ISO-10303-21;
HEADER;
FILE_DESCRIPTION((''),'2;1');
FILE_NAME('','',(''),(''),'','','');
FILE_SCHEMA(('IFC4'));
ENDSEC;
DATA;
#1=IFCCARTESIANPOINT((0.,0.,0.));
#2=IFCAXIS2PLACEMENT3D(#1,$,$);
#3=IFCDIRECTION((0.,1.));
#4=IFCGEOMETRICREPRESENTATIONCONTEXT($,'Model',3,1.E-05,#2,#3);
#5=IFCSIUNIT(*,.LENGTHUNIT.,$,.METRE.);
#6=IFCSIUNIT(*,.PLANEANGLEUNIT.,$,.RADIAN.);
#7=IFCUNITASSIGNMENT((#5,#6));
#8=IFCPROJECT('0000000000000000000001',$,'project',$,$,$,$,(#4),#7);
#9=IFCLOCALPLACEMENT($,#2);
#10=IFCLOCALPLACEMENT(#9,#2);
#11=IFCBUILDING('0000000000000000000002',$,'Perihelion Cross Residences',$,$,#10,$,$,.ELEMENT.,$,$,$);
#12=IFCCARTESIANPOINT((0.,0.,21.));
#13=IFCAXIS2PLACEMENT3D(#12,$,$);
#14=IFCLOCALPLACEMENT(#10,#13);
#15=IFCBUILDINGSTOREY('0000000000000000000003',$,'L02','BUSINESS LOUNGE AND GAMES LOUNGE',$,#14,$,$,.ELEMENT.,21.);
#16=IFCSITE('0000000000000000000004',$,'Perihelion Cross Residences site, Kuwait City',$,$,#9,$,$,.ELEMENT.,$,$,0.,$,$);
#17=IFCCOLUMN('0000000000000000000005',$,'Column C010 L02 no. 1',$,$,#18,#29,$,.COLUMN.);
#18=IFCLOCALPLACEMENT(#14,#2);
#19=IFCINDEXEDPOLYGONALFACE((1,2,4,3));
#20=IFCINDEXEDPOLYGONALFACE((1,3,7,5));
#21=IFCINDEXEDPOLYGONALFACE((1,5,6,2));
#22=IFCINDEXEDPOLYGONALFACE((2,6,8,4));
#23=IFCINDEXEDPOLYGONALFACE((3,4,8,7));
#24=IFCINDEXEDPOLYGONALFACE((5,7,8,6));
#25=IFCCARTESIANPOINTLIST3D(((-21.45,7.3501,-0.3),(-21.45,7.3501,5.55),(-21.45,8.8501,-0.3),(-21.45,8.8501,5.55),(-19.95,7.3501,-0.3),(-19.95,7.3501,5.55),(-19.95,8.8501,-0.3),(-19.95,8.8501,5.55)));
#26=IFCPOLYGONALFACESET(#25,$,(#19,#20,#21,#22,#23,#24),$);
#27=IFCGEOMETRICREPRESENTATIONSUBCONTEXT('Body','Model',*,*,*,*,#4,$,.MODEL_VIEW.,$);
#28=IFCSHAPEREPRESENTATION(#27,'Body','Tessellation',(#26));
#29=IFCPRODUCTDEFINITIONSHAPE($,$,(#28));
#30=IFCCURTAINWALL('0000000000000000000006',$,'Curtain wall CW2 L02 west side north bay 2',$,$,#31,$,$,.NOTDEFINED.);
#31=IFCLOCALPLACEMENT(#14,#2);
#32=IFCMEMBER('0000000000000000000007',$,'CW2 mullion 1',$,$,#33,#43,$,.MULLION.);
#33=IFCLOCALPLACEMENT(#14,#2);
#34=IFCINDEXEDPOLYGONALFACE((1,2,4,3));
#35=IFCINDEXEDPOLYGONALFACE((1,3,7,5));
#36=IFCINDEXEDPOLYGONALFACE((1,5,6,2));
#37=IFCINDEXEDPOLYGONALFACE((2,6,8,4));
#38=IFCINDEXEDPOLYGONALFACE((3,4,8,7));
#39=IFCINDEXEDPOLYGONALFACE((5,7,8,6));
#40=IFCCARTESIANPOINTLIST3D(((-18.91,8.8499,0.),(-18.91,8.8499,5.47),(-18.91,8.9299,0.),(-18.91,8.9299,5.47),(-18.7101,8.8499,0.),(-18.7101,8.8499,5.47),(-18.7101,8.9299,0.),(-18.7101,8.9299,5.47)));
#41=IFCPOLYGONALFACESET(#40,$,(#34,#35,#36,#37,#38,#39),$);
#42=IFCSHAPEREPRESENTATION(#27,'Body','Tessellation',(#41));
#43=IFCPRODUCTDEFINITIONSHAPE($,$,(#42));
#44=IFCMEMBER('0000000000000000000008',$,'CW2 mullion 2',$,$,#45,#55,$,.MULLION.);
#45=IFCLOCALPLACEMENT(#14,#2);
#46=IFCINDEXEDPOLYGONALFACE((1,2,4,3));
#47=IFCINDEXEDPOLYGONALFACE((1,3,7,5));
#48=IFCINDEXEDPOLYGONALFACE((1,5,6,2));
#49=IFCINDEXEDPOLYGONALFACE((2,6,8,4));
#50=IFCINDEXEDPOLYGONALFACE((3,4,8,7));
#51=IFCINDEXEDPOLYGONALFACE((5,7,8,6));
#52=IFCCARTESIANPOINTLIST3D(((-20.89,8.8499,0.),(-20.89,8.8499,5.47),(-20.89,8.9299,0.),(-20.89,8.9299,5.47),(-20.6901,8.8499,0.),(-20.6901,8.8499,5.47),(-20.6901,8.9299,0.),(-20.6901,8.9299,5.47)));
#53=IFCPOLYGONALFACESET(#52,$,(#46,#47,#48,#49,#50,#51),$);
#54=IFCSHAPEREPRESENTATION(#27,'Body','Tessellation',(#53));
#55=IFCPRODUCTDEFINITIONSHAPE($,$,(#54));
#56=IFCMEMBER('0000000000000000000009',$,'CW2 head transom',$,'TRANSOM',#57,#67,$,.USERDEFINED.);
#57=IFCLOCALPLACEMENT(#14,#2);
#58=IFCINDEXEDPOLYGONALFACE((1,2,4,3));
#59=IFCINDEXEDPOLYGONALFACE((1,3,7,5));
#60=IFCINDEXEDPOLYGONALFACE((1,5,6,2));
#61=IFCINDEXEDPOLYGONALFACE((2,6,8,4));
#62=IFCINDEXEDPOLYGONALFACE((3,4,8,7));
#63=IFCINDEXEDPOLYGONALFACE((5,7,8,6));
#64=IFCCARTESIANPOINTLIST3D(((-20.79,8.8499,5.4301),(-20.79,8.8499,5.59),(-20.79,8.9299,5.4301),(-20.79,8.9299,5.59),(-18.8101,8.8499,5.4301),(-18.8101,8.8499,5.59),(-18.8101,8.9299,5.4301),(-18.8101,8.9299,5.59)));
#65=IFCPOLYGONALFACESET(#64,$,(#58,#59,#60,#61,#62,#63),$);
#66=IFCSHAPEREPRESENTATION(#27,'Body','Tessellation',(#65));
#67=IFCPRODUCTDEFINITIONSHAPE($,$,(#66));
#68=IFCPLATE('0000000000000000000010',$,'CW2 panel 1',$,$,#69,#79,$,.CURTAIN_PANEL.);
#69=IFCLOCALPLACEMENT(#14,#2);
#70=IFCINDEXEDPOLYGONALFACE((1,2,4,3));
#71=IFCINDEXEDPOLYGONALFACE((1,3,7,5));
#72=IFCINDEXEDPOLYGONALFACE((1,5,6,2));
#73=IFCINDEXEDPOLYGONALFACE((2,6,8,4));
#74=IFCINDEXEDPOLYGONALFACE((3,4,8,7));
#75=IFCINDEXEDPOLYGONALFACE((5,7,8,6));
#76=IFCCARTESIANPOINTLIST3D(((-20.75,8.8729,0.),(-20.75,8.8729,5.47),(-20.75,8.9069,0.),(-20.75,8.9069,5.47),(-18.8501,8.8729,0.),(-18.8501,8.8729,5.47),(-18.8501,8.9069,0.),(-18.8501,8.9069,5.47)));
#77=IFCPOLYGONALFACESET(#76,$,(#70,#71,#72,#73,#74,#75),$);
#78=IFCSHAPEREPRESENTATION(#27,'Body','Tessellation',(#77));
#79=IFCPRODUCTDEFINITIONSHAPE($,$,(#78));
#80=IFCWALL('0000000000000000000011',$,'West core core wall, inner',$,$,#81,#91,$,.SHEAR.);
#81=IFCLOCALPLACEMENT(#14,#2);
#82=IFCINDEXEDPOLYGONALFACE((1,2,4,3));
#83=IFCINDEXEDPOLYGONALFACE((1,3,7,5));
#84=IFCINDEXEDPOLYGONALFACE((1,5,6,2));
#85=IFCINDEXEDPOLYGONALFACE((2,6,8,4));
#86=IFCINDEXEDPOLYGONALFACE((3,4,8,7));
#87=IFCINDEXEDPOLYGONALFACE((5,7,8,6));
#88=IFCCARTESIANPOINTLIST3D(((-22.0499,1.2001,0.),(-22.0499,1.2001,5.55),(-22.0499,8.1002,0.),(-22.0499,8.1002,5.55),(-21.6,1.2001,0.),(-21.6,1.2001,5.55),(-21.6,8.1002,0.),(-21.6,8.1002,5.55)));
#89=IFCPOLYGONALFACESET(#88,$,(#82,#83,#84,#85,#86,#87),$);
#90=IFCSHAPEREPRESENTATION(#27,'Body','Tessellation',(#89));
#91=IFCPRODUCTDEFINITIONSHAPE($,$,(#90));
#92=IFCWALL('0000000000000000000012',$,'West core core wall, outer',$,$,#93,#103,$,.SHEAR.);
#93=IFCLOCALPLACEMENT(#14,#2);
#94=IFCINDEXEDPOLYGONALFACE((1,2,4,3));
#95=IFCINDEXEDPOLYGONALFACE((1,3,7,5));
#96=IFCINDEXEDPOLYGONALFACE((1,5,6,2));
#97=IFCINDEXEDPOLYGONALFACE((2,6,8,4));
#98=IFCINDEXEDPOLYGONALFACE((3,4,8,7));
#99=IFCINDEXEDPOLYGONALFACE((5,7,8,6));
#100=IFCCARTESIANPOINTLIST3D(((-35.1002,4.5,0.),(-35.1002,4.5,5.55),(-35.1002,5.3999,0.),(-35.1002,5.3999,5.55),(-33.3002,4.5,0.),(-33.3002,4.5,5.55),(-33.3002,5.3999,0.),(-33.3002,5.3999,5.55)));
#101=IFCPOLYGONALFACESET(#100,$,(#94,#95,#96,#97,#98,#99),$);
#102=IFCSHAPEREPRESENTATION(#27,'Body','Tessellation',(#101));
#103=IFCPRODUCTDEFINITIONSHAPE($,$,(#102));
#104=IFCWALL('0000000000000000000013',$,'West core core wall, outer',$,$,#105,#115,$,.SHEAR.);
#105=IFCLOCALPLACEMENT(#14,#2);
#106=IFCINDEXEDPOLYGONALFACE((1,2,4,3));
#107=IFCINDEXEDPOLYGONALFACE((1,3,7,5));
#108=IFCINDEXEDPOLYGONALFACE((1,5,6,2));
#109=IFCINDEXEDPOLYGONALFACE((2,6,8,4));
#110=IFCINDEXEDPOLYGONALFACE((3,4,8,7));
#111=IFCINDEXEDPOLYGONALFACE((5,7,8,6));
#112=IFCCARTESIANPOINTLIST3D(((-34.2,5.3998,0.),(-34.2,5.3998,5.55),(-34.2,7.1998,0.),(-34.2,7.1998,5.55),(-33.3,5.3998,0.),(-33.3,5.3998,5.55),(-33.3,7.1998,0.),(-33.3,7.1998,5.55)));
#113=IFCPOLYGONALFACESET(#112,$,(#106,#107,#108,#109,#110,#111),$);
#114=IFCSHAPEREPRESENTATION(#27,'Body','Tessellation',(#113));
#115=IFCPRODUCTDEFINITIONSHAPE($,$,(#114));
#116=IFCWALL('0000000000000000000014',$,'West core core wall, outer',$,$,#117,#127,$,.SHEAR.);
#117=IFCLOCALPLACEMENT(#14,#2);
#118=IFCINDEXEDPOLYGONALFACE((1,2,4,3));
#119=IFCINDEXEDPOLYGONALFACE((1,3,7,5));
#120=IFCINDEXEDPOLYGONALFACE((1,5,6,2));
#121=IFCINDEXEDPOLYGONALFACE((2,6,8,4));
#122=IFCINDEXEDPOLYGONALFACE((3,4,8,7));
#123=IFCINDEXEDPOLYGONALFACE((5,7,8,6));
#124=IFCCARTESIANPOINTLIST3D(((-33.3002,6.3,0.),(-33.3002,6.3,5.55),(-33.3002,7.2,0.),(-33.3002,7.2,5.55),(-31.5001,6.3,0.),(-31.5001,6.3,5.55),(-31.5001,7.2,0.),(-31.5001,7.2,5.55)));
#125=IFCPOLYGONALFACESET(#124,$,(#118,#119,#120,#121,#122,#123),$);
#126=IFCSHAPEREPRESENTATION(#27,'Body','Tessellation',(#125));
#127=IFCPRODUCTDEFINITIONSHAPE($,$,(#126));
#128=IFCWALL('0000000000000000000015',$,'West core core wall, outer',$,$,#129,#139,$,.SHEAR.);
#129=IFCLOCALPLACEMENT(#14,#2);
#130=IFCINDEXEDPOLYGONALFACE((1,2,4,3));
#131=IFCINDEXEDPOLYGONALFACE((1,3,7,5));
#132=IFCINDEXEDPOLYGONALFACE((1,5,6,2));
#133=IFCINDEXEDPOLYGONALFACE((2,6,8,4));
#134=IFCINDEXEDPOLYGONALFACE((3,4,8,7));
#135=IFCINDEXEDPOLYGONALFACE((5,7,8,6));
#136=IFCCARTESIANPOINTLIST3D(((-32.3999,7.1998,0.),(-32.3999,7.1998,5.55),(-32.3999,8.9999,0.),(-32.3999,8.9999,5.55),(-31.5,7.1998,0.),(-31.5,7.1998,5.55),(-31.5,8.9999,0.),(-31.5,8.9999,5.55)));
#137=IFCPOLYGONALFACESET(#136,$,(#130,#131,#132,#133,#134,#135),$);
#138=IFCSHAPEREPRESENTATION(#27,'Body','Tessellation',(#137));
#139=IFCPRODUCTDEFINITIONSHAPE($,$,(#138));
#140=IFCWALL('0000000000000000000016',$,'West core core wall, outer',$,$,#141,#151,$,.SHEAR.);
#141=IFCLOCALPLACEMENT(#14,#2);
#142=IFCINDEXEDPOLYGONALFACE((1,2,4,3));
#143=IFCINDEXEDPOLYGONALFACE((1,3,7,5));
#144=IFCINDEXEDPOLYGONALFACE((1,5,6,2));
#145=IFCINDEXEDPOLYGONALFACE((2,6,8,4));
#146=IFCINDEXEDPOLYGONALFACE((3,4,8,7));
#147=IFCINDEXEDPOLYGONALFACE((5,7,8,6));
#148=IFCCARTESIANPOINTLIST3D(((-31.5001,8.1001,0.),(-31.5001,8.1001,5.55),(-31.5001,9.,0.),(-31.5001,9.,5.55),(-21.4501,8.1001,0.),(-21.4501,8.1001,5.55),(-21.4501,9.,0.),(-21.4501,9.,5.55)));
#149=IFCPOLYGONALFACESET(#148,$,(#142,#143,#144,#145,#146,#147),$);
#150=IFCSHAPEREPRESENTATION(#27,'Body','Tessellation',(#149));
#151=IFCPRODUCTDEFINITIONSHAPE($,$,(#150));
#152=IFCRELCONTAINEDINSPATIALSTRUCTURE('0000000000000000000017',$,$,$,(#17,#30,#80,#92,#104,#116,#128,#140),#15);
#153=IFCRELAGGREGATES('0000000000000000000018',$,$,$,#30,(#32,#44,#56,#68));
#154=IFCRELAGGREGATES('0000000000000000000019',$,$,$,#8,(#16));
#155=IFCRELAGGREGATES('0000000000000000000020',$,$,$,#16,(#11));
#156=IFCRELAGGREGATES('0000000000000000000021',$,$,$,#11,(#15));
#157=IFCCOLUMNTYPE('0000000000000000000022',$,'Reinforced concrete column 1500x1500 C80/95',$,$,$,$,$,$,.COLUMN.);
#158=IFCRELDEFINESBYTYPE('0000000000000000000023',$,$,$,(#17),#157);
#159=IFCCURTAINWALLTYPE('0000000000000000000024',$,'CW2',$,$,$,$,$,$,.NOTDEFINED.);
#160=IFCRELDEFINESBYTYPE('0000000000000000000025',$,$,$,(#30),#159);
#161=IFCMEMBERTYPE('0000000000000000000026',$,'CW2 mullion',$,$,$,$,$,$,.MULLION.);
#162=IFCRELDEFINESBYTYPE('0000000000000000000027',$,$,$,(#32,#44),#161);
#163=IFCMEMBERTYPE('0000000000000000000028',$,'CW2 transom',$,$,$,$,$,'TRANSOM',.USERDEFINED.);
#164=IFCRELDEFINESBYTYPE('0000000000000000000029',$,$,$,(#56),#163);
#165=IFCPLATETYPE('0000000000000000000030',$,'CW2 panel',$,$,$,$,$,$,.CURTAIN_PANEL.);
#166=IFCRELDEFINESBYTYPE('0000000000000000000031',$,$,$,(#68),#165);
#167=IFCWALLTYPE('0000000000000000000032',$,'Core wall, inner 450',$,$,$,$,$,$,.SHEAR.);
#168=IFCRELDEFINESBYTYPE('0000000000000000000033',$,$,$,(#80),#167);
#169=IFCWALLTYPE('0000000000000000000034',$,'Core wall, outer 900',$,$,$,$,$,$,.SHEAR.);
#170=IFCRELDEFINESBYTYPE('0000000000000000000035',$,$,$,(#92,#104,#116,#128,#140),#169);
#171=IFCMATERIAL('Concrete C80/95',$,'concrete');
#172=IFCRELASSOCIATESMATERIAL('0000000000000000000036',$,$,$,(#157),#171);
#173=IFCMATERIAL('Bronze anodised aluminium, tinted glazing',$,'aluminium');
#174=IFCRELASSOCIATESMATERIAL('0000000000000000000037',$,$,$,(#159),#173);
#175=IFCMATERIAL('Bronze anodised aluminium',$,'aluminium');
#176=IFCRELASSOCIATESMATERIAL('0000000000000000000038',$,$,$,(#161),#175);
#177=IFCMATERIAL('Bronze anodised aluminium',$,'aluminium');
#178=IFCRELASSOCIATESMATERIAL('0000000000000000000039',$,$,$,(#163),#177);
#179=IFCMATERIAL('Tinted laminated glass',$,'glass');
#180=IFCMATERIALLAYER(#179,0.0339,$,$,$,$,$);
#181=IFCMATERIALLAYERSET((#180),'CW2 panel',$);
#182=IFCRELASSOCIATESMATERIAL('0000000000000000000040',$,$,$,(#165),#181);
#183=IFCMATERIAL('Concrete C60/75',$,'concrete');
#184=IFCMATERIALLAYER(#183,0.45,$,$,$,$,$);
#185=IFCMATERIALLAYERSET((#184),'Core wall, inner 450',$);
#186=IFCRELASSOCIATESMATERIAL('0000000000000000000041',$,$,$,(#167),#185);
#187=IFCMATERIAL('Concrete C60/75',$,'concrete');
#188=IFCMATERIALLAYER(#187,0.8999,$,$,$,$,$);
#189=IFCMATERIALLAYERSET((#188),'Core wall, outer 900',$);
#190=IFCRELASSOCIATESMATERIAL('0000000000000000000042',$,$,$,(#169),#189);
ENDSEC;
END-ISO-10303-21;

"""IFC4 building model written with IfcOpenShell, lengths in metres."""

from ifc_helpers import new_model, si_unit, direction, frame, frame_2d, origin, origin_2d, place, context, subcontext, project, spatial, rectangle, extrude, material, layer, layer_set, material_profile, profile_set, type_object, element, aggregate, save


model = new_model("IFC4")

# Units and contexts
model_context = context("Model", 3, precision=1e-05, world=origin(), true_north=direction((0.0, 1.0)))
body_context = subcontext(model_context, "Body", "Model", "MODEL_VIEW")
ifc_project = project(units=[si_unit("LENGTHUNIT", "METRE"), si_unit("PLANEANGLEUNIT", "RADIAN")], contexts=[model_context])

# Site, building, storey
site_placement = place(None, origin())
site = spatial("IfcSite", under=ifc_project, at=site_placement, Name="Perihelion Cross Residences site, Kuwait City", CompositionType="ELEMENT", RefElevation=0.0)
building_placement = place(site_placement, origin())
building = spatial("IfcBuilding", under=site, at=building_placement, Name="Perihelion Cross Residences", CompositionType="ELEMENT")
storey_placement = place(building_placement, frame((0.0, 0.0, 21.0)))
storey = spatial("IfcBuildingStorey", under=building, at=storey_placement, Name="L02", Description="BUSINESS LOUNGE AND GAMES LOUNGE", CompositionType="ELEMENT", Elevation=21.0)

# Column
ifc_material_1 = material(Name="Concrete C80/95", Category="concrete")
ifc_material_profile_1 = material_profile(ifc_material_1, rectangle(XDim=1.5, YDim=1.5, at=origin_2d()), Name="RC 1500x1500")
ifc_profile_set_1 = profile_set([ifc_material_profile_1], Name="Concrete C80/95")
column_type = type_object("IfcColumnType", Name="Reinforced concrete column 1500x1500 C80/95", PredefinedType="COLUMN", material=ifc_profile_set_1)
column_placement = place(storey_placement, frame((-20.7, 8.1001, -0.3), z_axis=(0.0, 0.0, 1.0), x_axis=(1.0, 0.0, 0.0)))
element("IfcColumn", 1, at=column_placement, inside=storey, type_object=column_type, Name="Column C010 L02 no. 1", PredefinedType="COLUMN", context=body_context, shape_type="SweptSolid", body=[
    extrude(rectangle(XDim=1.5, YDim=1.5, at=origin_2d()), origin(), (0.0, 0.0, 1.0), 5.8501),
])

# Curtain wall, members, plate
ifc_material_2 = material(Name="Bronze anodised aluminium, tinted glazing", Category="aluminium")
curtain_wall_type = type_object("IfcCurtainWallType", Name="CW2", PredefinedType="NOTDEFINED", material=ifc_material_2)
curtain_wall_placement = place(storey_placement, origin())
curtain_wall = element("IfcCurtainWall", 2, at=curtain_wall_placement, inside=storey, type_object=curtain_wall_type, Name="Curtain wall CW2 L02 west side north bay 2", PredefinedType="NOTDEFINED")
ifc_material_3 = material(Name="Bronze anodised aluminium", Category="aluminium")
ifc_material_profile_2 = material_profile(ifc_material_3, rectangle(XDim=0.0801, YDim=0.2, at=origin_2d()), Name="CW2 mullion")
ifc_profile_set_2 = profile_set([ifc_material_profile_2], Name="Bronze anodised aluminium")
member_type_1 = type_object("IfcMemberType", Name="CW2 mullion", PredefinedType="MULLION", material=ifc_profile_set_2)
member_1_placement = place(storey_placement, frame((-18.8101, 8.8899, 0.0), z_axis=(0.0, 0.0, 1.0), x_axis=(0.0, -1.0, 0.0)))
member_1 = element("IfcMember", 3, at=member_1_placement, type_object=member_type_1, Name="CW2 mullion 1", PredefinedType="MULLION", context=body_context, shape_type="SweptSolid", body=[
    extrude(rectangle(XDim=0.0801, YDim=0.2, at=origin_2d()), origin(), (0.0, 0.0, 1.0), 5.47),
])
member_2_placement = place(storey_placement, frame((-20.79, 8.8899, 0.0), z_axis=(0.0, 0.0, 1.0), x_axis=(0.0, -1.0, 0.0)))
member_2 = element("IfcMember", 4, at=member_2_placement, type_object=member_type_1, Name="CW2 mullion 2", PredefinedType="MULLION", context=body_context, shape_type="SweptSolid", body=[
    extrude(rectangle(XDim=0.0801, YDim=0.2, at=origin_2d()), origin(), (0.0, 0.0, 1.0), 5.47),
])
ifc_material_4 = material(Name="Bronze anodised aluminium", Category="aluminium")
ifc_material_profile_3 = material_profile(ifc_material_4, rectangle(XDim=0.0801, YDim=0.1599, at=origin_2d()), Name="CW2 transom")
ifc_profile_set_3 = profile_set([ifc_material_profile_3], Name="Bronze anodised aluminium")
member_type_2 = type_object("IfcMemberType", Name="CW2 transom", ElementType="TRANSOM", PredefinedType="USERDEFINED", material=ifc_profile_set_3)
member_3_placement = place(storey_placement, frame((-18.8101, 8.8899, 5.51), z_axis=(-1.0, 0.0, 0.0), x_axis=(0.0, -1.0, 0.0)))
member_3 = element("IfcMember", 5, at=member_3_placement, type_object=member_type_2, Name="CW2 head transom", ObjectType="TRANSOM", PredefinedType="USERDEFINED", context=body_context, shape_type="SweptSolid", body=[
    extrude(rectangle(XDim=0.0801, YDim=0.1599, at=origin_2d()), origin(), (0.0, 0.0, 1.0), 1.98),
])
ifc_material_5 = material(Name="Tinted laminated glass", Category="glass")
ifc_layer_1 = layer(ifc_material_5, 0.0339)
ifc_layer_set_1 = layer_set([ifc_layer_1], Name="CW2 panel")
plate_type = type_object("IfcPlateType", Name="CW2 panel", PredefinedType="CURTAIN_PANEL", material=ifc_layer_set_1)
plate_placement = place(storey_placement, frame((-19.8, 8.8899, 0.0), z_axis=(0.0, 0.0, 1.0), x_axis=(-1.0, 0.0, 0.0)))
plate = element("IfcPlate", 6, at=plate_placement, type_object=plate_type, Name="CW2 panel 1", PredefinedType="CURTAIN_PANEL", context=body_context, shape_type="SweptSolid", body=[
    extrude(rectangle(XDim=1.8999, YDim=0.0339, at=origin_2d()), origin(), (0.0, 0.0, 1.0), 5.47),
])
aggregate(curtain_wall, [member_1, member_2, member_3, plate])

# Walls
ifc_material_6 = material(Name="Concrete C60/75", Category="concrete")
ifc_layer_2 = layer(ifc_material_6, 0.45)
ifc_layer_set_2 = layer_set([ifc_layer_2], Name="Core wall, inner 450")
wall_type_1 = type_object("IfcWallType", Name="Core wall, inner 450", PredefinedType="SHEAR", material=ifc_layer_set_2)
wall_1_placement = place(storey_placement, frame((-21.825, 1.2, 0.0), z_axis=(0.0, 0.0, 1.0), x_axis=(0.0, 1.0, 0.0)))
element("IfcWall", 7, at=wall_1_placement, inside=storey, type_object=wall_type_1, Name="West core core wall, inner", PredefinedType="SHEAR", context=body_context, shape_type="SweptSolid", body=[
    extrude(rectangle(XDim=6.9001, YDim=0.45, at=frame_2d((3.4502, 0.0))), origin(), (0.0, 0.0, 1.0), 5.55),
])
ifc_material_7 = material(Name="Concrete C60/75", Category="concrete")
ifc_layer_3 = layer(ifc_material_7, 0.8999)
ifc_layer_set_3 = layer_set([ifc_layer_3], Name="Core wall, outer 900")
wall_type_2 = type_object("IfcWallType", Name="Core wall, outer 900", PredefinedType="SHEAR", material=ifc_layer_set_3)
for number, where, z_axis, x_axis, name in (
    (8, (-35.1001, 4.95, 0.0), (0.0, 0.0, 1.0), (1.0, 0.0, 0.0), "West core core wall, outer"),
    (9, (-33.75, 5.3999, 0.0), (0.0, 0.0, 1.0), (0.0, 1.0, 0.0), "West core core wall, outer"),
    (10, (-33.3, 6.75, 0.0), (0.0, 0.0, 1.0), (1.0, 0.0, 0.0), "West core core wall, outer"),
    (11, (-31.95, 7.2, 0.0), (0.0, 0.0, 1.0), (0.0, 1.0, 0.0), "West core core wall, outer"),
):
    element("IfcWall", number, at=place(storey_placement, frame(where, z_axis=z_axis, x_axis=x_axis)), inside=storey, type_object=wall_type_2, Name=name, PredefinedType="SHEAR", context=body_context, shape_type="SweptSolid", body=[
        extrude(rectangle(XDim=1.8, YDim=0.8999, at=frame_2d((0.8999, 0.0))), origin(), (0.0, 0.0, 1.0), 5.55),
    ])
wall_2_placement = place(storey_placement, frame((-31.5, 8.55, 0.0), z_axis=(0.0, 0.0, 1.0), x_axis=(1.0, 0.0, 0.0)))
element("IfcWall", 12, at=wall_2_placement, inside=storey, type_object=wall_type_2, Name="West core core wall, outer", PredefinedType="SHEAR", context=body_context, shape_type="SweptSolid", body=[
    extrude(rectangle(XDim=10.05, YDim=0.8999, at=frame_2d((5.0249, 0.0))), origin(), (0.0, 0.0, 1.0), 5.55),
])

save(model, "model.ifc")
